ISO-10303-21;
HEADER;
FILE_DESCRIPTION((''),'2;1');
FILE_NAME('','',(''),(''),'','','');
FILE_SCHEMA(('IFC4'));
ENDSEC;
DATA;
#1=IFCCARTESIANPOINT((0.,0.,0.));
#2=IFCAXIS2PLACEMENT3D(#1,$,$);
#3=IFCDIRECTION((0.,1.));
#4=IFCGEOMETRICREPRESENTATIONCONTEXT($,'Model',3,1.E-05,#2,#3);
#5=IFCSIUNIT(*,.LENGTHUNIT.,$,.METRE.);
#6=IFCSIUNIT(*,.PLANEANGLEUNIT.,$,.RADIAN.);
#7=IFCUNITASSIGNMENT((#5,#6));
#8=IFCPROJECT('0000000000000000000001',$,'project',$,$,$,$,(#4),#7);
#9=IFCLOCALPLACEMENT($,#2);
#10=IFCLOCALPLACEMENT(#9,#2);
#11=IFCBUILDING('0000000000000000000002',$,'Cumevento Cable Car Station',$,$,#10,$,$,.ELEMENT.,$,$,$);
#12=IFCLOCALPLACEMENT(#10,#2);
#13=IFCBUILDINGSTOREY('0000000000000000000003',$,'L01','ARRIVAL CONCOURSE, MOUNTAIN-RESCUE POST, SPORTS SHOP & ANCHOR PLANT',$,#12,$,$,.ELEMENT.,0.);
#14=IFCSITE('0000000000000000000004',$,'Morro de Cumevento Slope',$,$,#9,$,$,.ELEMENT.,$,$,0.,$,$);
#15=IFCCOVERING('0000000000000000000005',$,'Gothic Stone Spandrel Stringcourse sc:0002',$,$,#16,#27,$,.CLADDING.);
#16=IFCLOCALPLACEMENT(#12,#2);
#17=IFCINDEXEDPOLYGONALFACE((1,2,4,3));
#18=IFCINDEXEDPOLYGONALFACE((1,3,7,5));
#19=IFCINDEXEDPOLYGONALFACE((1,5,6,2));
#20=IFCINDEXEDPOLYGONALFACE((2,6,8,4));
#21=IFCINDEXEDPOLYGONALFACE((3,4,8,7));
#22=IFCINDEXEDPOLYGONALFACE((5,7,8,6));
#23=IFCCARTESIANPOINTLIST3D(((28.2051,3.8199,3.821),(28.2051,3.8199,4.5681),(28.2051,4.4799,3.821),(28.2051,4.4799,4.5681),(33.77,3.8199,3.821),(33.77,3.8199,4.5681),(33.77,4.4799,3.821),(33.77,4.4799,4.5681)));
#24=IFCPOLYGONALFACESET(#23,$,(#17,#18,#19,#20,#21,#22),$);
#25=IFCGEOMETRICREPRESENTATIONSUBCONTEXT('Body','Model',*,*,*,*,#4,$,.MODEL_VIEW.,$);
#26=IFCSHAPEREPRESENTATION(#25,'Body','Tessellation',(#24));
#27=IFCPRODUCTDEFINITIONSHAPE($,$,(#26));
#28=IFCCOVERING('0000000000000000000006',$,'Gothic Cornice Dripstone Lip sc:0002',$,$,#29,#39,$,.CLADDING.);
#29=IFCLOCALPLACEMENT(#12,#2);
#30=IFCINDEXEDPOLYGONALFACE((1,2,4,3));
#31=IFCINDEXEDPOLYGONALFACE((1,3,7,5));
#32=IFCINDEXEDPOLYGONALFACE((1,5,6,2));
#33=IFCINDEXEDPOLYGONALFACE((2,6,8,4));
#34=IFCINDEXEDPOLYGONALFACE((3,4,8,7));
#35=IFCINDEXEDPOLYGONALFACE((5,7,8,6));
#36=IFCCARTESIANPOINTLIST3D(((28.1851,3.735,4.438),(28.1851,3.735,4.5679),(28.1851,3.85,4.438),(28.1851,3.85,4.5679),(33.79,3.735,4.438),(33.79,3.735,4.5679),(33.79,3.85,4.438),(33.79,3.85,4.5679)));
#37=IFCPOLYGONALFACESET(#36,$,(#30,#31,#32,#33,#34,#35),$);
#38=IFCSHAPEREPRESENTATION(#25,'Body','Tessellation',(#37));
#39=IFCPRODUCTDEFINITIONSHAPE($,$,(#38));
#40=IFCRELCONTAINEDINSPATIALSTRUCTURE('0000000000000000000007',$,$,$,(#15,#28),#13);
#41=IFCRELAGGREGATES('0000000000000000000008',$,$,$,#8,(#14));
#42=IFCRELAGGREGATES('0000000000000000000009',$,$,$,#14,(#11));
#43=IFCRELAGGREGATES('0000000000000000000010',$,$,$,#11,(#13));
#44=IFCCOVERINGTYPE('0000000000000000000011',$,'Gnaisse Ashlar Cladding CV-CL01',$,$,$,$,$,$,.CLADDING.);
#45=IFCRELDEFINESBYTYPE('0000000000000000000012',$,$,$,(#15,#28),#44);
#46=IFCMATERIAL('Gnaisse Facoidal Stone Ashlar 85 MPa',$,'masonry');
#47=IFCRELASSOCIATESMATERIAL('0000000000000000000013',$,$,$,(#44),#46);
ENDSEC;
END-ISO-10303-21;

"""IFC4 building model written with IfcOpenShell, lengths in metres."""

from ifc_helpers import new_model, si_unit, direction, frame, origin, origin_2d, place, context, subcontext, project, spatial, rectangle, extrude, material, type_object, element, save


model = new_model("IFC4")

# Units and contexts
model_context = context("Model", 3, precision=1e-05, world=origin(), true_north=direction((0.0, 1.0)))
body_context = subcontext(model_context, "Body", "Model", "MODEL_VIEW")
ifc_project = project(units=[si_unit("LENGTHUNIT", "METRE"), si_unit("PLANEANGLEUNIT", "RADIAN")], contexts=[model_context])

# Site, building, storey
site_placement = place(None, origin())
site = spatial("IfcSite", under=ifc_project, at=site_placement, Name="Morro de Cumevento Slope", CompositionType="ELEMENT", RefElevation=0.0)
building_placement = place(site_placement, origin())
building = spatial("IfcBuilding", under=site, at=building_placement, Name="Cumevento Cable Car Station", CompositionType="ELEMENT")
storey_placement = place(building_placement, origin())
storey = spatial("IfcBuildingStorey", under=building, at=storey_placement, Name="L01", Description="ARRIVAL CONCOURSE, MOUNTAIN-RESCUE POST, SPORTS SHOP & ANCHOR PLANT", CompositionType="ELEMENT", Elevation=0.0)

# Coverings
ifc_material_1 = material(Name="Gnaisse Facoidal Stone Ashlar 85 MPa", Category="masonry")
covering_type = type_object("IfcCoveringType", Name="Gnaisse Ashlar Cladding CV-CL01", PredefinedType="CLADDING", material=ifc_material_1)
covering_1_placement = place(storey_placement, frame((30.9875, 4.1499, 3.821), z_axis=(0.0, 0.0, 1.0), x_axis=(-1.0, 0.0, 0.0)))
element("IfcCovering", 1, at=covering_1_placement, inside=storey, type_object=covering_type, Name="Gothic Stone Spandrel Stringcourse sc:0002", PredefinedType="CLADDING", context=body_context, shape_type="SweptSolid", body=[
    extrude(rectangle(XDim=5.5649, YDim=0.6599, at=origin_2d()), origin(), (0.0, 0.0, 1.0), 0.7471),
])
covering_2_placement = place(storey_placement, frame((30.9875, 3.7925, 4.438), z_axis=(0.0, 0.0, 1.0), x_axis=(-1.0, 0.0, 0.0)))
element("IfcCovering", 2, at=covering_2_placement, inside=storey, type_object=covering_type, Name="Gothic Cornice Dripstone Lip sc:0002", PredefinedType="CLADDING", context=body_context, shape_type="SweptSolid", body=[
    extrude(rectangle(XDim=5.605, YDim=0.115, at=origin_2d()), origin(), (0.0, 0.0, 1.0), 0.1299),
])

save(model, "model.ifc")
